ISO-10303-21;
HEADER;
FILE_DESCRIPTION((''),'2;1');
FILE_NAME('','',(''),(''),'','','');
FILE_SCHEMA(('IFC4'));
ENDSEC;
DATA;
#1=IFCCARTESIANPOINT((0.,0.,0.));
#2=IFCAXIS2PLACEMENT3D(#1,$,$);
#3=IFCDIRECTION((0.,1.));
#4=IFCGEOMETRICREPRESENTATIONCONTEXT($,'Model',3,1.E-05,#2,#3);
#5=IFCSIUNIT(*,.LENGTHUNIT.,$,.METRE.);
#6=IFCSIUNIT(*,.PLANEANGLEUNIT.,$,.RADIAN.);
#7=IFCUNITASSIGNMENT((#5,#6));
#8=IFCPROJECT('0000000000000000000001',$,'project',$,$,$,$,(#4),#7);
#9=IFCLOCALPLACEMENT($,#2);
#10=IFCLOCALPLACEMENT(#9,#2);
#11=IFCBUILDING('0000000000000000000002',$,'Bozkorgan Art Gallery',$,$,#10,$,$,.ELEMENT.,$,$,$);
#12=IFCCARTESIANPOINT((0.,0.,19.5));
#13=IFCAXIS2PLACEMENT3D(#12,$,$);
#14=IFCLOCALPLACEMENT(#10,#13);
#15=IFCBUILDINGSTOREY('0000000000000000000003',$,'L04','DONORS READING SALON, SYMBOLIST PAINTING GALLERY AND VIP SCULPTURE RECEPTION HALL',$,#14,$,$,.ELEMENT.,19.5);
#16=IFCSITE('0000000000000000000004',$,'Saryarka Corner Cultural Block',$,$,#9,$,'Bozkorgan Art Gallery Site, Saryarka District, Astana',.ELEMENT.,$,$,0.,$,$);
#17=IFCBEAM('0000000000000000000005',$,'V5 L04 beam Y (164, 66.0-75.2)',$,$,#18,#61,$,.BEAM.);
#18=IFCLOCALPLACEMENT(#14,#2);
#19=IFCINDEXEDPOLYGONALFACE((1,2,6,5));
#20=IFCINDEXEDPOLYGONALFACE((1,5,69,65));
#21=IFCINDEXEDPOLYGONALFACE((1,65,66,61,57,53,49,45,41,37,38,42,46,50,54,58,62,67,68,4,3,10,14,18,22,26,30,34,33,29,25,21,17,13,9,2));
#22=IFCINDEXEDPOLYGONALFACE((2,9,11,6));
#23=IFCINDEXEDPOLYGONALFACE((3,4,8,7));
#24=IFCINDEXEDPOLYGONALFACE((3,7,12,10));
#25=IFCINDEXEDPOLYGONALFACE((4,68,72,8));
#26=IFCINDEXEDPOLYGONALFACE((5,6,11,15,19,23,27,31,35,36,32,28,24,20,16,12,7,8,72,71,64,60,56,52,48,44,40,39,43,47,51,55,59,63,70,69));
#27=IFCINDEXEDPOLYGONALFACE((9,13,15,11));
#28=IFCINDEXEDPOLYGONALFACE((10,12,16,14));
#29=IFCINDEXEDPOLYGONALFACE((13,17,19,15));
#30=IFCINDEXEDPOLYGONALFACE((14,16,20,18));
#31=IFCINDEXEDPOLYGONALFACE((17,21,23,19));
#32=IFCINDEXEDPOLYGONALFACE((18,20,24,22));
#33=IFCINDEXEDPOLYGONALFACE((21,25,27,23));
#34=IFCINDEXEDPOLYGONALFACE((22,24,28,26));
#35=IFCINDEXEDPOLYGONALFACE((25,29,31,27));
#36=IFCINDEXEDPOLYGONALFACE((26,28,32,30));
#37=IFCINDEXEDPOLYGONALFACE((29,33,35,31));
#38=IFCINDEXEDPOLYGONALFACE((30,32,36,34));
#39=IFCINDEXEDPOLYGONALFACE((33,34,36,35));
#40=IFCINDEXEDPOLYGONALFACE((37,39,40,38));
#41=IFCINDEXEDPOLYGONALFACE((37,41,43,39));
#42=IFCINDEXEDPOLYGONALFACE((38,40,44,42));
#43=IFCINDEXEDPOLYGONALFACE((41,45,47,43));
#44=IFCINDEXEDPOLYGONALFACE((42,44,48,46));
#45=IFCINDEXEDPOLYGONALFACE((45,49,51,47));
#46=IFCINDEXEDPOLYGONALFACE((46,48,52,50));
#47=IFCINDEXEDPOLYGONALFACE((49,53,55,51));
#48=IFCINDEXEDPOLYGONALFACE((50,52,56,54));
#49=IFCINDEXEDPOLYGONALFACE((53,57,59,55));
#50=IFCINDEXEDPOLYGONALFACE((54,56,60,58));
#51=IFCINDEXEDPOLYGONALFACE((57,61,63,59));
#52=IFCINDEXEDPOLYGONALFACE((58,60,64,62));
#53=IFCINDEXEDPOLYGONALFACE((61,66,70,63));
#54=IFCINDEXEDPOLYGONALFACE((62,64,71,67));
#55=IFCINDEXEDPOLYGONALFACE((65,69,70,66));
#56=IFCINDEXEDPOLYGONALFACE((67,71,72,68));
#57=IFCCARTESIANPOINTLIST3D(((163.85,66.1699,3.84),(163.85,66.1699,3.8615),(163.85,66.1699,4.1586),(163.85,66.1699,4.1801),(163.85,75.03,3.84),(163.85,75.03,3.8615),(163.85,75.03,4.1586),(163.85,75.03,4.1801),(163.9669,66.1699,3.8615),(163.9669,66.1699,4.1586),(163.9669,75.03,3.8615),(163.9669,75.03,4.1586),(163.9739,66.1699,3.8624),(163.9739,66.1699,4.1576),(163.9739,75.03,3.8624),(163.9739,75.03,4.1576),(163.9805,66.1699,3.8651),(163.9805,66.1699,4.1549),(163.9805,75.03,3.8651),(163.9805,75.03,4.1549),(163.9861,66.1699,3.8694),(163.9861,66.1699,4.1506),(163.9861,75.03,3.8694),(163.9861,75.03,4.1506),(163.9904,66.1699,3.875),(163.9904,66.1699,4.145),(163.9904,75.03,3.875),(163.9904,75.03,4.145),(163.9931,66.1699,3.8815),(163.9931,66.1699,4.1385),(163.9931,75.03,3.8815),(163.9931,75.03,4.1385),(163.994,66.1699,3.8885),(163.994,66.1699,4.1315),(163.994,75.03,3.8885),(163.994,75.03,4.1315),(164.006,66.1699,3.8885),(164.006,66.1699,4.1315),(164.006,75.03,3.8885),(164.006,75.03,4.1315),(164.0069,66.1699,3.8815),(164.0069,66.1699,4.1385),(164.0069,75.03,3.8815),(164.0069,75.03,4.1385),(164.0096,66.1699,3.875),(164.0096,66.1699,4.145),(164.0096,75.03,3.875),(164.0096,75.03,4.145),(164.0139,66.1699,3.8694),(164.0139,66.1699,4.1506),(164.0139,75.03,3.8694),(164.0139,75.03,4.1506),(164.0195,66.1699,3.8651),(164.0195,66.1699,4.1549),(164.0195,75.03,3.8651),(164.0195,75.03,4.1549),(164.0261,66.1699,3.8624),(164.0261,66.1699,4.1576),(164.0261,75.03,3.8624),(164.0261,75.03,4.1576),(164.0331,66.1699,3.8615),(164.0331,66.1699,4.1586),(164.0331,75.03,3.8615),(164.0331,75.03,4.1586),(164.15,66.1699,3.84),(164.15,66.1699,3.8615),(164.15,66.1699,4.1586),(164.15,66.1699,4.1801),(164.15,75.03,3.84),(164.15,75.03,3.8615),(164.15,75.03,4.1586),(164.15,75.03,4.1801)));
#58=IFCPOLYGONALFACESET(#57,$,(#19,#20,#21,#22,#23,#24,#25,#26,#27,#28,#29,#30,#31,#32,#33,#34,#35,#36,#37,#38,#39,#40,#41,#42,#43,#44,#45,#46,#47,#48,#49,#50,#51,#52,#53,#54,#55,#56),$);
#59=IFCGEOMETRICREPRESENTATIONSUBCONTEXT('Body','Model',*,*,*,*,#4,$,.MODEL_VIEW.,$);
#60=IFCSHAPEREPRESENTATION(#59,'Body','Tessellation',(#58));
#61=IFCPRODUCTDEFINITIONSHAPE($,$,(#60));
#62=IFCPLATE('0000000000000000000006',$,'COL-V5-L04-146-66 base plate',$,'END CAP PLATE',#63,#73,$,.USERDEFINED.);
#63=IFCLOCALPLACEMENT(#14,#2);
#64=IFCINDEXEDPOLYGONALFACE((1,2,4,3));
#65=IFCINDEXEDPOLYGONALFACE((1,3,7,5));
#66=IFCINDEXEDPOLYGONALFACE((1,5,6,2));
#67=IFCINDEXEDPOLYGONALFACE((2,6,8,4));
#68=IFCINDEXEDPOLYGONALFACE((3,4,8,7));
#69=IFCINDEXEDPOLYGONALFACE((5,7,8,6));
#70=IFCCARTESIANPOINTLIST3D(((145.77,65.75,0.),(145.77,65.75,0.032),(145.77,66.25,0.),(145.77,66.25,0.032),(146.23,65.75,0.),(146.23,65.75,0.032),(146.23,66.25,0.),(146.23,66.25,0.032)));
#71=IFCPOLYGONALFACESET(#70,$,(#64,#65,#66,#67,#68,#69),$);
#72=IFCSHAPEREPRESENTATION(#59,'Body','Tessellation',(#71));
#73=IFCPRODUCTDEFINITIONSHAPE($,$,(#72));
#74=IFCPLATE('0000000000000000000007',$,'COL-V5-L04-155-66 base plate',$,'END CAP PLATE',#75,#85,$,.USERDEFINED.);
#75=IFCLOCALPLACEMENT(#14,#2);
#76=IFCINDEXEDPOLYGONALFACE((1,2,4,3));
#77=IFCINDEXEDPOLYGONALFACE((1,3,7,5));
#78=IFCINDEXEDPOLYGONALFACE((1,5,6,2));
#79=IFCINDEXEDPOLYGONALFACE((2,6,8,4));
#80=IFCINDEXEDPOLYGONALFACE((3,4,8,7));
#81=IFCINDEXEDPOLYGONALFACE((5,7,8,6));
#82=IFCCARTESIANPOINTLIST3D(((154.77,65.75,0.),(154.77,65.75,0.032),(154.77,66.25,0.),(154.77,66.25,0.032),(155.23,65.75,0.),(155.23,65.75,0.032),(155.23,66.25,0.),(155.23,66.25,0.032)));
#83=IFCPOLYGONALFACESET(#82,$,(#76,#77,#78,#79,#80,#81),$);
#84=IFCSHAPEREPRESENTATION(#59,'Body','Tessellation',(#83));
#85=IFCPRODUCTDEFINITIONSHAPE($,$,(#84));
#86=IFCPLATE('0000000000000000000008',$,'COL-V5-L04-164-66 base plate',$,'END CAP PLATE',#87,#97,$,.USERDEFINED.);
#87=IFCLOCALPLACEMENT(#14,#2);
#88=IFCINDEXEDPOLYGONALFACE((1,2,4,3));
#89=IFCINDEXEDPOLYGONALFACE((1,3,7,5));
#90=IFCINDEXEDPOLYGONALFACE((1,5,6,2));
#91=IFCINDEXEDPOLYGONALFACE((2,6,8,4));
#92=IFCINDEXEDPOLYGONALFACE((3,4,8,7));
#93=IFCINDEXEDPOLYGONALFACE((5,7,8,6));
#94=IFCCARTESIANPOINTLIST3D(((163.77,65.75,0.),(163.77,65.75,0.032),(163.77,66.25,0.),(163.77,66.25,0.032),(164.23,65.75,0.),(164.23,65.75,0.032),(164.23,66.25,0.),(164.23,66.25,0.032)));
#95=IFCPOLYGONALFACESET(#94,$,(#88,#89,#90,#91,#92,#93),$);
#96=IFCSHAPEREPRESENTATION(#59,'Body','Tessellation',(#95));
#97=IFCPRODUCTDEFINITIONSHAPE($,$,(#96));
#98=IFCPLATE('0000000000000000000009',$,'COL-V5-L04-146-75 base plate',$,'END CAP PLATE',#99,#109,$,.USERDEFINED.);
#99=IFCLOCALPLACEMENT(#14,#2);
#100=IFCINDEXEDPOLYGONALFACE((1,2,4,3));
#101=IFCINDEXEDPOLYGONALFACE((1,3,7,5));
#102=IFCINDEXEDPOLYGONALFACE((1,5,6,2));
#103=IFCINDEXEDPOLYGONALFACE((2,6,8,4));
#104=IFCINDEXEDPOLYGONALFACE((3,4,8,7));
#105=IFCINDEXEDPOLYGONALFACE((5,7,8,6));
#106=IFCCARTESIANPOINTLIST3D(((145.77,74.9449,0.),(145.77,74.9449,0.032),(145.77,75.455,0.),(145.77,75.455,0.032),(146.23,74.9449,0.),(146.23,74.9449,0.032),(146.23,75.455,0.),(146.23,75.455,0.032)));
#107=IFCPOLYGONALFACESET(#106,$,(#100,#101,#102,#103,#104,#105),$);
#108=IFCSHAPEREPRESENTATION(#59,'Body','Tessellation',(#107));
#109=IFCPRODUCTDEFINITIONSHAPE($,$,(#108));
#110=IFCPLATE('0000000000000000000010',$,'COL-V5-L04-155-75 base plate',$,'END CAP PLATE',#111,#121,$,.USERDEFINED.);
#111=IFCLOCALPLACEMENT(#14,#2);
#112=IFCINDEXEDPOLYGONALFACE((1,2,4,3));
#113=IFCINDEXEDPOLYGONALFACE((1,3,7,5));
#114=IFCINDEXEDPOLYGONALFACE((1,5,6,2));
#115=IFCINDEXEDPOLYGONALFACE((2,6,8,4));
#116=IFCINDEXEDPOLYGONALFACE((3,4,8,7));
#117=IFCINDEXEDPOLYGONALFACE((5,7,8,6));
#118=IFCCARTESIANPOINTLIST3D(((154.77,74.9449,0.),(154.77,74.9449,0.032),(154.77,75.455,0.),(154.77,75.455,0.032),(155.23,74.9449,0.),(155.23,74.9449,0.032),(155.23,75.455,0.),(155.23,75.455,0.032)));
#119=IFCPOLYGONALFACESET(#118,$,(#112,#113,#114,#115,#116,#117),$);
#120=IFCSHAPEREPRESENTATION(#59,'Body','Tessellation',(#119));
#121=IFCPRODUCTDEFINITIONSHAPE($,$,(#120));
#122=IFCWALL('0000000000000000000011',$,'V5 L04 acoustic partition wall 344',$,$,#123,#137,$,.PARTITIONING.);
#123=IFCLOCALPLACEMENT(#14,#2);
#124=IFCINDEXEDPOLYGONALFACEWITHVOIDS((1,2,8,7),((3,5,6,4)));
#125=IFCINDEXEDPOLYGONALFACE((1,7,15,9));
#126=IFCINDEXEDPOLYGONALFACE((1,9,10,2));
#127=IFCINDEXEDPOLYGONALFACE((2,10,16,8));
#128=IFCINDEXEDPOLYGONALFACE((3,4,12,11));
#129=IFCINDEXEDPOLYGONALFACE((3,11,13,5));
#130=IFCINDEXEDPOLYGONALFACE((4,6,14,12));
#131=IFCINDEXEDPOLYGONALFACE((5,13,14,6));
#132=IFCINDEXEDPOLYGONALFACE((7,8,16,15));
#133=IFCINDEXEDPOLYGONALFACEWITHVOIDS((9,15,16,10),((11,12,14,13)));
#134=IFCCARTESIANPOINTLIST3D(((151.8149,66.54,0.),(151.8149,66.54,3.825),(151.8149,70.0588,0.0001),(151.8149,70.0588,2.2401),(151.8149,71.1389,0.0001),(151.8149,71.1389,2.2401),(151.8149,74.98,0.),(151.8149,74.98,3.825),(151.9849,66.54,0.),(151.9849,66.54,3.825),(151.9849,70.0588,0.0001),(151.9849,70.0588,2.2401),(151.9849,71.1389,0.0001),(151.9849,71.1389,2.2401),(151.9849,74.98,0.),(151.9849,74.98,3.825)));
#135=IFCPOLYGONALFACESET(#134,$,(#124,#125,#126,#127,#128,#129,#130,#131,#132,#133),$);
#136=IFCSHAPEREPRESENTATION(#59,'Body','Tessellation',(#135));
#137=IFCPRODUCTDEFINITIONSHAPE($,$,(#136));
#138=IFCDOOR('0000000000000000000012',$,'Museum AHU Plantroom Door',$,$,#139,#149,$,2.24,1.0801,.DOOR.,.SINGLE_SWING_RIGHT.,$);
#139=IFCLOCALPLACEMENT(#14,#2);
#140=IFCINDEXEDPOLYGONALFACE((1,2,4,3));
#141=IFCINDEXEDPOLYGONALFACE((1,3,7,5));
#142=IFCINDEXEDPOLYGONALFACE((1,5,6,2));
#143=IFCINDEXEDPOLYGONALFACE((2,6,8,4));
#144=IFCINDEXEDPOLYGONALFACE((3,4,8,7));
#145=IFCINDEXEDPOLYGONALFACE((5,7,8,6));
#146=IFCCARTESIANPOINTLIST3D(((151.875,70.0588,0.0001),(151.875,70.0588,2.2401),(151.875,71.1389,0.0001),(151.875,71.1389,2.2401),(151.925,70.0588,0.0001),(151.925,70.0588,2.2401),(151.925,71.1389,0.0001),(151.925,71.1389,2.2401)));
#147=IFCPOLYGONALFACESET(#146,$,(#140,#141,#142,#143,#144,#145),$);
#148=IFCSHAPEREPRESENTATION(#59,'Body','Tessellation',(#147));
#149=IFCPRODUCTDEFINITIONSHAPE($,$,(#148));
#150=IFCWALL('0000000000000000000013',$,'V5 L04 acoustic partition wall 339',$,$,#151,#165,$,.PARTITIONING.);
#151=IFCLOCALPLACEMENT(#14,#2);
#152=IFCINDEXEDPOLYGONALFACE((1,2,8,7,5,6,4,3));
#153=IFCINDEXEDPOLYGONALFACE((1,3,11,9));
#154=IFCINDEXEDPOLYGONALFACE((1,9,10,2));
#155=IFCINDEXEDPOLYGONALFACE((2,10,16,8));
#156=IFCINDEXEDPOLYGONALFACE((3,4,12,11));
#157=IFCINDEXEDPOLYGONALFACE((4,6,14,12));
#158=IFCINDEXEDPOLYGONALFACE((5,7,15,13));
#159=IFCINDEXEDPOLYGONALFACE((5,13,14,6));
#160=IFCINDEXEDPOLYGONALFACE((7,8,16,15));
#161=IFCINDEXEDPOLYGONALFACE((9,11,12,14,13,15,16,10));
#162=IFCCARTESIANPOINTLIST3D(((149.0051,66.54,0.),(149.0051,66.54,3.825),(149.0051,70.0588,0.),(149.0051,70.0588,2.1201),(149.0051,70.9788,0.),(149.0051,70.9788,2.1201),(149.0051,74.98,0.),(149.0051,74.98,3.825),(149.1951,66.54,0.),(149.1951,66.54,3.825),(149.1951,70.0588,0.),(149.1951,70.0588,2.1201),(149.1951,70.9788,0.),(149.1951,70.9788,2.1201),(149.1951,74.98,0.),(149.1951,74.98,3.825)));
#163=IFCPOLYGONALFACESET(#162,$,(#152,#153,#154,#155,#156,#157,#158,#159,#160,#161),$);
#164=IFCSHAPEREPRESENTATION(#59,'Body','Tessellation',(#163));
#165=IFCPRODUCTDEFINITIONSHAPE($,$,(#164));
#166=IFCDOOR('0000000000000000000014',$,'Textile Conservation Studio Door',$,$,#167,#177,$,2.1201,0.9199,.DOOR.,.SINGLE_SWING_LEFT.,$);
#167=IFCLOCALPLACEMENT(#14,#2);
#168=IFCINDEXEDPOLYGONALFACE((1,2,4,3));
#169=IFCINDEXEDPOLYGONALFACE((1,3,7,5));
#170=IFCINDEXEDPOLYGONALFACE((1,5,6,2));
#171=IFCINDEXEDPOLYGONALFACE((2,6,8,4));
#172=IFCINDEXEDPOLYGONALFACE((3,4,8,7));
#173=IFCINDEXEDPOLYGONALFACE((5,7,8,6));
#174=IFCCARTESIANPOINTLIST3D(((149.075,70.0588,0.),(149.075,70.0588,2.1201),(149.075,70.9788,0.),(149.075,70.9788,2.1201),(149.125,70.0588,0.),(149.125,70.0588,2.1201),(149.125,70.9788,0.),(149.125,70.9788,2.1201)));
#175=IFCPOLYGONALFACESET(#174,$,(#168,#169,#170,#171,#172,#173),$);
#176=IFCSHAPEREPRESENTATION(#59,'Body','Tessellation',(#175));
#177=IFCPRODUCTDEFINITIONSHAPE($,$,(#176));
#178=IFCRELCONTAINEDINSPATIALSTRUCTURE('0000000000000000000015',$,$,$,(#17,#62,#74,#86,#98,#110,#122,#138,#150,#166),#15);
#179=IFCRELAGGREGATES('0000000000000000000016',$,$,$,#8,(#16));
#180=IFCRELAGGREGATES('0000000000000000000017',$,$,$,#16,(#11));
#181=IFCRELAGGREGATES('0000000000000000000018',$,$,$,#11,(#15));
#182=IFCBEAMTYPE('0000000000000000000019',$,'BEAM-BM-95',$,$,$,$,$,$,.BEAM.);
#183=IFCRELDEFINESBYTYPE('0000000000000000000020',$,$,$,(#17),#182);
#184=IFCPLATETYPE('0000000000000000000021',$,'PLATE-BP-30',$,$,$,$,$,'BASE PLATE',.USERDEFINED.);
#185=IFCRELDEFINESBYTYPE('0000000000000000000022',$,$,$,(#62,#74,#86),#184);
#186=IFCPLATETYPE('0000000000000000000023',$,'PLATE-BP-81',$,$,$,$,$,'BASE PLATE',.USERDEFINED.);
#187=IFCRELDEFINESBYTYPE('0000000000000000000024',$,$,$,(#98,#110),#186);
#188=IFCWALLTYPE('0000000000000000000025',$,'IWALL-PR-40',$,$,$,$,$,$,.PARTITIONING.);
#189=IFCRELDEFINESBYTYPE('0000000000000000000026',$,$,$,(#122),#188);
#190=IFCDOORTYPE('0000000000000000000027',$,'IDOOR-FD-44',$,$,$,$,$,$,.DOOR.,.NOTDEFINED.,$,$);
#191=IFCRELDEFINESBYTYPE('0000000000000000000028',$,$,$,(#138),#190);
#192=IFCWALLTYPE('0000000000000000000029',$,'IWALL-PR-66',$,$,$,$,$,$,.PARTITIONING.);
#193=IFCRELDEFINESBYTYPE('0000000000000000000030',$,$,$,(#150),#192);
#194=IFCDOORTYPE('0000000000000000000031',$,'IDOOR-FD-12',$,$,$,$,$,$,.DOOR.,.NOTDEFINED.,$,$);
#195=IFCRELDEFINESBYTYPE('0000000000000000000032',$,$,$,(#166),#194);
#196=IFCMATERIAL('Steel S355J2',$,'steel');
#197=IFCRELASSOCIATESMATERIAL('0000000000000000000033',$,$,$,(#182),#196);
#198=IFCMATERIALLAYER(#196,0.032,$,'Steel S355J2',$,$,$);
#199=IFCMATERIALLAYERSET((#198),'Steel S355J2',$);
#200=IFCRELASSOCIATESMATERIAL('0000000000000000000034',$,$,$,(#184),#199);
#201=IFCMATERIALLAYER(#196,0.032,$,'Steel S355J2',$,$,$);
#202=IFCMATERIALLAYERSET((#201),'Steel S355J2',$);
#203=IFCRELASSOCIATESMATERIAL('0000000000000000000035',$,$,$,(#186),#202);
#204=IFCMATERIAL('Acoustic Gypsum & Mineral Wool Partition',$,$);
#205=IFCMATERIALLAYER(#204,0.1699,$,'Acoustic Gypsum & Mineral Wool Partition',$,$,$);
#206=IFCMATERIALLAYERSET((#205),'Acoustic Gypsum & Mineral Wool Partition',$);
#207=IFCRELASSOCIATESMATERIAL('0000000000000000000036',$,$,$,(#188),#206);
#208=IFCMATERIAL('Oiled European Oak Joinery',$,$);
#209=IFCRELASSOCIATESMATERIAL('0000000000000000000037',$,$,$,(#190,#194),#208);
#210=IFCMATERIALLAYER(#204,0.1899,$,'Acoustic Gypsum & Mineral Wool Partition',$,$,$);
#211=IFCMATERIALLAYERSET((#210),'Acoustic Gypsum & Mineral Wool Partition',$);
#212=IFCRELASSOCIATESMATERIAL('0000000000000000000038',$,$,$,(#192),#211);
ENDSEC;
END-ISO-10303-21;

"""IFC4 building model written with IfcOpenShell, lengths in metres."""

from ifc_helpers import new_model, si_unit, direction, frame, frame_2d, origin, origin_2d, place, context, subcontext, project, spatial, rectangle, i_section, extrude, material, layer, layer_set, material_profile, profile_set, type_object, element, fill, save


model = new_model("IFC4")

# Units and contexts
model_context = context("Model", 3, precision=1e-05, world=origin(), true_north=direction((0.0, 1.0)))
body_context = subcontext(model_context, "Body", "Model", "MODEL_VIEW")
ifc_project = project(units=[si_unit("LENGTHUNIT", "METRE"), si_unit("PLANEANGLEUNIT", "RADIAN")], contexts=[model_context])

# Site, building, storey
site_placement = place(None, origin())
site = spatial("IfcSite", under=ifc_project, at=site_placement, Name="Saryarka Corner Cultural Block", LongName="Bozkorgan Art Gallery Site, Saryarka District, Astana", CompositionType="ELEMENT", RefElevation=0.0)
building_placement = place(site_placement, origin())
building = spatial("IfcBuilding", under=site, at=building_placement, Name="Bozkorgan Art Gallery", CompositionType="ELEMENT")
storey_placement = place(building_placement, frame((0.0, 0.0, 19.5)))
storey = spatial("IfcBuildingStorey", under=building, at=storey_placement, Name="L04", Description="DONORS READING SALON, SYMBOLIST PAINTING GALLERY AND VIP SCULPTURE RECEPTION HALL", CompositionType="ELEMENT", Elevation=19.5)

# Shared definitions
ifc_material_1 = material(Name="Steel S355J2", Category="steel")

# Beam
ifc_material_profile_1 = material_profile(ifc_material_1, i_section(OverallWidth=0.3, OverallDepth=0.3401, WebThickness=0.012, FlangeThickness=0.0215, FilletRadius=0.0271, at=origin_2d()), Name="HEB 340")
ifc_profile_set_1 = profile_set([ifc_material_profile_1], Name="Steel S355J2")
beam_type = type_object("IfcBeamType", Name="BEAM-BM-95", PredefinedType="BEAM", material=ifc_profile_set_1)
beam_placement = place(storey_placement, frame((164.0, 66.1699, 4.01), z_axis=(0.0, 1.0, 0.0), x_axis=(-1.0, 0.0, 0.0)))
element("IfcBeam", 1, at=beam_placement, inside=storey, type_object=beam_type, Name="V5 L04 beam Y (164, 66.0-75.2)", PredefinedType="BEAM", context=body_context, shape_type="SweptSolid", body=[
    extrude(i_section(OverallWidth=0.3, OverallDepth=0.3401, WebThickness=0.012, FlangeThickness=0.0215, FilletRadius=0.0271, at=origin_2d()), origin(), (0.0, 0.0, 1.0), 8.8601),
])

# Plates
ifc_layer_1 = layer(ifc_material_1, 0.032, Name="Steel S355J2")
ifc_layer_set_1 = layer_set([ifc_layer_1], Name="Steel S355J2")
plate_type_1 = type_object("IfcPlateType", Name="PLATE-BP-30", ElementType="BASE PLATE", PredefinedType="USERDEFINED", material=ifc_layer_set_1)
for number, where, z_axis, x_axis, name in (
    (2, (146.0, 66.0, 0.0), (0.0, 0.0, 1.0), (1.0, 0.0, 0.0), "COL-V5-L04-146-66 base plate"),
    (3, (155.0, 66.0, 0.0), (0.0, 0.0, 1.0), (1.0, 0.0, 0.0), "COL-V5-L04-155-66 base plate"),
    (4, (164.0, 66.0, 0.0), (0.0, 0.0, 1.0), (1.0, 0.0, 0.0), "COL-V5-L04-164-66 base plate"),
):
    element("IfcPlate", number, at=place(storey_placement, frame(where, z_axis=z_axis, x_axis=x_axis)), inside=storey, type_object=plate_type_1, Name=name, ObjectType="END CAP PLATE", PredefinedType="USERDEFINED", context=body_context, shape_type="SweptSolid", body=[
        extrude(rectangle(XDim=0.46, YDim=0.5, at=origin_2d()), origin(), (0.0, 0.0, 1.0), 0.032),
    ])
ifc_layer_2 = layer(ifc_material_1, 0.032, Name="Steel S355J2")
ifc_layer_set_2 = layer_set([ifc_layer_2], Name="Steel S355J2")
plate_type_2 = type_object("IfcPlateType", Name="PLATE-BP-81", ElementType="BASE PLATE", PredefinedType="USERDEFINED", material=ifc_layer_set_2)
for number, where, z_axis, x_axis, name in (
    (5, (146.0, 75.2, 0.0), (0.0, 0.0, 1.0), (1.0, 0.0, 0.0), "COL-V5-L04-146-75 base plate"),
    (6, (155.0, 75.2, 0.0), (0.0, 0.0, 1.0), (1.0, 0.0, 0.0), "COL-V5-L04-155-75 base plate"),
):
    element("IfcPlate", number, at=place(storey_placement, frame(where, z_axis=z_axis, x_axis=x_axis)), inside=storey, type_object=plate_type_2, Name=name, ObjectType="END CAP PLATE", PredefinedType="USERDEFINED", context=body_context, shape_type="SweptSolid", body=[
        extrude(rectangle(XDim=0.46, YDim=0.51, at=origin_2d()), origin(), (0.0, 0.0, 1.0), 0.032),
    ])

# Walls, openings, doors
ifc_material_2 = material(Name="Acoustic Gypsum & Mineral Wool Partition")
ifc_layer_3 = layer(ifc_material_2, 0.1699, Name="Acoustic Gypsum & Mineral Wool Partition")
ifc_layer_set_3 = layer_set([ifc_layer_3], Name="Acoustic Gypsum & Mineral Wool Partition")
wall_type_1 = type_object("IfcWallType", Name="IWALL-PR-40", PredefinedType="PARTITIONING", material=ifc_layer_set_3)
wall_1_placement = place(storey_placement, frame((151.8999, 66.54, 0.0), z_axis=(0.0, 0.0, 1.0), x_axis=(0.0, 1.0, 0.0)))
wall_1 = element("IfcWall", 7, at=wall_1_placement, inside=storey, type_object=wall_type_1, Name="V5 L04 acoustic partition wall 344", PredefinedType="PARTITIONING", context=body_context, shape_type="SweptSolid", body=[
    extrude(rectangle(XDim=8.4399, YDim=0.1699, at=frame_2d((4.22, 0.0))), origin(), (0.0, 0.0, 1.0), 3.825),
])
opening_1_placement = place(wall_1_placement, frame((3.5188, 0.0, 0.0)))
opening_1 = element("IfcOpeningElement", 8, at=opening_1_placement, cuts=wall_1, PredefinedType="OPENING", context=body_context, shape_type="SweptSolid", body=[
    extrude(rectangle(XDim=1.0801, YDim=2.24, at=frame_2d((0.54, 1.1201))), frame((0.0, 0.095, 0.0), z_axis=(0.0, -1.0, 0.0), x_axis=(1.0, 0.0, 0.0)), (0.0, 0.0, 1.0), 0.1899),
])
ifc_material_3 = material(Name="Oiled European Oak Joinery")
door_type_1 = type_object("IfcDoorType", Name="IDOOR-FD-44", OperationType="NOTDEFINED", PredefinedType="DOOR", material=ifc_material_3)
door_1_placement = place(opening_1_placement, origin())
door_1 = element("IfcDoor", 9, at=door_1_placement, inside=storey, type_object=door_type_1, Name="Museum AHU Plantroom Door", OperationType="SINGLE_SWING_RIGHT", OverallHeight=2.24, OverallWidth=1.0801, PredefinedType="DOOR", context=body_context, shape_type="SweptSolid", body=[
    extrude(rectangle(XDim=1.0801, YDim=2.24, at=frame_2d((0.54, 1.1201))), frame((0.0, 0.0249, 0.0), z_axis=(0.0, -1.0, 0.0), x_axis=(1.0, 0.0, 0.0)), (0.0, 0.0, 1.0), 0.05),
])
fill(opening_1, door_1)
ifc_layer_4 = layer(ifc_material_2, 0.1899, Name="Acoustic Gypsum & Mineral Wool Partition")
ifc_layer_set_4 = layer_set([ifc_layer_4], Name="Acoustic Gypsum & Mineral Wool Partition")
wall_type_2 = type_object("IfcWallType", Name="IWALL-PR-66", PredefinedType="PARTITIONING", material=ifc_layer_set_4)
wall_2_placement = place(storey_placement, frame((149.1001, 66.54, 0.0), z_axis=(0.0, 0.0, 1.0), x_axis=(0.0, 1.0, 0.0)))
wall_2 = element("IfcWall", 10, at=wall_2_placement, inside=storey, type_object=wall_type_2, Name="V5 L04 acoustic partition wall 339", PredefinedType="PARTITIONING", context=body_context, shape_type="SweptSolid", body=[
    extrude(rectangle(XDim=8.4399, YDim=0.1899, at=frame_2d((4.22, 0.0))), origin(), (0.0, 0.0, 1.0), 3.825),
])
opening_2_placement = place(wall_2_placement, frame((4.4387, 0.0, 0.0), z_axis=(0.0, 0.0, 1.0), x_axis=(-1.0, 0.0, 0.0)))
opening_2 = element("IfcOpeningElement", 11, at=opening_2_placement, cuts=wall_2, PredefinedType="OPENING", context=body_context, shape_type="SweptSolid", body=[
    extrude(rectangle(XDim=0.9199, YDim=2.1201, at=frame_2d((0.46, 1.0601))), frame((0.0, 0.105, 0.0), z_axis=(0.0, -1.0, 0.0), x_axis=(1.0, 0.0, 0.0)), (0.0, 0.0, 1.0), 0.21),
])
door_type_2 = type_object("IfcDoorType", Name="IDOOR-FD-12", OperationType="NOTDEFINED", PredefinedType="DOOR", material=ifc_material_3)
door_2_placement = place(opening_2_placement, origin())
door_2 = element("IfcDoor", 12, at=door_2_placement, inside=storey, type_object=door_type_2, Name="Textile Conservation Studio Door", OperationType="SINGLE_SWING_LEFT", OverallHeight=2.1201, OverallWidth=0.9199, PredefinedType="DOOR", context=body_context, shape_type="SweptSolid", body=[
    extrude(rectangle(XDim=0.9199, YDim=2.1201, at=frame_2d((0.46, 1.0601))), frame((0.0, 0.0249, 0.0), z_axis=(0.0, -1.0, 0.0), x_axis=(1.0, 0.0, 0.0)), (0.0, 0.0, 1.0), 0.05),
])
fill(opening_2, door_2)

save(model, "model.ifc")
